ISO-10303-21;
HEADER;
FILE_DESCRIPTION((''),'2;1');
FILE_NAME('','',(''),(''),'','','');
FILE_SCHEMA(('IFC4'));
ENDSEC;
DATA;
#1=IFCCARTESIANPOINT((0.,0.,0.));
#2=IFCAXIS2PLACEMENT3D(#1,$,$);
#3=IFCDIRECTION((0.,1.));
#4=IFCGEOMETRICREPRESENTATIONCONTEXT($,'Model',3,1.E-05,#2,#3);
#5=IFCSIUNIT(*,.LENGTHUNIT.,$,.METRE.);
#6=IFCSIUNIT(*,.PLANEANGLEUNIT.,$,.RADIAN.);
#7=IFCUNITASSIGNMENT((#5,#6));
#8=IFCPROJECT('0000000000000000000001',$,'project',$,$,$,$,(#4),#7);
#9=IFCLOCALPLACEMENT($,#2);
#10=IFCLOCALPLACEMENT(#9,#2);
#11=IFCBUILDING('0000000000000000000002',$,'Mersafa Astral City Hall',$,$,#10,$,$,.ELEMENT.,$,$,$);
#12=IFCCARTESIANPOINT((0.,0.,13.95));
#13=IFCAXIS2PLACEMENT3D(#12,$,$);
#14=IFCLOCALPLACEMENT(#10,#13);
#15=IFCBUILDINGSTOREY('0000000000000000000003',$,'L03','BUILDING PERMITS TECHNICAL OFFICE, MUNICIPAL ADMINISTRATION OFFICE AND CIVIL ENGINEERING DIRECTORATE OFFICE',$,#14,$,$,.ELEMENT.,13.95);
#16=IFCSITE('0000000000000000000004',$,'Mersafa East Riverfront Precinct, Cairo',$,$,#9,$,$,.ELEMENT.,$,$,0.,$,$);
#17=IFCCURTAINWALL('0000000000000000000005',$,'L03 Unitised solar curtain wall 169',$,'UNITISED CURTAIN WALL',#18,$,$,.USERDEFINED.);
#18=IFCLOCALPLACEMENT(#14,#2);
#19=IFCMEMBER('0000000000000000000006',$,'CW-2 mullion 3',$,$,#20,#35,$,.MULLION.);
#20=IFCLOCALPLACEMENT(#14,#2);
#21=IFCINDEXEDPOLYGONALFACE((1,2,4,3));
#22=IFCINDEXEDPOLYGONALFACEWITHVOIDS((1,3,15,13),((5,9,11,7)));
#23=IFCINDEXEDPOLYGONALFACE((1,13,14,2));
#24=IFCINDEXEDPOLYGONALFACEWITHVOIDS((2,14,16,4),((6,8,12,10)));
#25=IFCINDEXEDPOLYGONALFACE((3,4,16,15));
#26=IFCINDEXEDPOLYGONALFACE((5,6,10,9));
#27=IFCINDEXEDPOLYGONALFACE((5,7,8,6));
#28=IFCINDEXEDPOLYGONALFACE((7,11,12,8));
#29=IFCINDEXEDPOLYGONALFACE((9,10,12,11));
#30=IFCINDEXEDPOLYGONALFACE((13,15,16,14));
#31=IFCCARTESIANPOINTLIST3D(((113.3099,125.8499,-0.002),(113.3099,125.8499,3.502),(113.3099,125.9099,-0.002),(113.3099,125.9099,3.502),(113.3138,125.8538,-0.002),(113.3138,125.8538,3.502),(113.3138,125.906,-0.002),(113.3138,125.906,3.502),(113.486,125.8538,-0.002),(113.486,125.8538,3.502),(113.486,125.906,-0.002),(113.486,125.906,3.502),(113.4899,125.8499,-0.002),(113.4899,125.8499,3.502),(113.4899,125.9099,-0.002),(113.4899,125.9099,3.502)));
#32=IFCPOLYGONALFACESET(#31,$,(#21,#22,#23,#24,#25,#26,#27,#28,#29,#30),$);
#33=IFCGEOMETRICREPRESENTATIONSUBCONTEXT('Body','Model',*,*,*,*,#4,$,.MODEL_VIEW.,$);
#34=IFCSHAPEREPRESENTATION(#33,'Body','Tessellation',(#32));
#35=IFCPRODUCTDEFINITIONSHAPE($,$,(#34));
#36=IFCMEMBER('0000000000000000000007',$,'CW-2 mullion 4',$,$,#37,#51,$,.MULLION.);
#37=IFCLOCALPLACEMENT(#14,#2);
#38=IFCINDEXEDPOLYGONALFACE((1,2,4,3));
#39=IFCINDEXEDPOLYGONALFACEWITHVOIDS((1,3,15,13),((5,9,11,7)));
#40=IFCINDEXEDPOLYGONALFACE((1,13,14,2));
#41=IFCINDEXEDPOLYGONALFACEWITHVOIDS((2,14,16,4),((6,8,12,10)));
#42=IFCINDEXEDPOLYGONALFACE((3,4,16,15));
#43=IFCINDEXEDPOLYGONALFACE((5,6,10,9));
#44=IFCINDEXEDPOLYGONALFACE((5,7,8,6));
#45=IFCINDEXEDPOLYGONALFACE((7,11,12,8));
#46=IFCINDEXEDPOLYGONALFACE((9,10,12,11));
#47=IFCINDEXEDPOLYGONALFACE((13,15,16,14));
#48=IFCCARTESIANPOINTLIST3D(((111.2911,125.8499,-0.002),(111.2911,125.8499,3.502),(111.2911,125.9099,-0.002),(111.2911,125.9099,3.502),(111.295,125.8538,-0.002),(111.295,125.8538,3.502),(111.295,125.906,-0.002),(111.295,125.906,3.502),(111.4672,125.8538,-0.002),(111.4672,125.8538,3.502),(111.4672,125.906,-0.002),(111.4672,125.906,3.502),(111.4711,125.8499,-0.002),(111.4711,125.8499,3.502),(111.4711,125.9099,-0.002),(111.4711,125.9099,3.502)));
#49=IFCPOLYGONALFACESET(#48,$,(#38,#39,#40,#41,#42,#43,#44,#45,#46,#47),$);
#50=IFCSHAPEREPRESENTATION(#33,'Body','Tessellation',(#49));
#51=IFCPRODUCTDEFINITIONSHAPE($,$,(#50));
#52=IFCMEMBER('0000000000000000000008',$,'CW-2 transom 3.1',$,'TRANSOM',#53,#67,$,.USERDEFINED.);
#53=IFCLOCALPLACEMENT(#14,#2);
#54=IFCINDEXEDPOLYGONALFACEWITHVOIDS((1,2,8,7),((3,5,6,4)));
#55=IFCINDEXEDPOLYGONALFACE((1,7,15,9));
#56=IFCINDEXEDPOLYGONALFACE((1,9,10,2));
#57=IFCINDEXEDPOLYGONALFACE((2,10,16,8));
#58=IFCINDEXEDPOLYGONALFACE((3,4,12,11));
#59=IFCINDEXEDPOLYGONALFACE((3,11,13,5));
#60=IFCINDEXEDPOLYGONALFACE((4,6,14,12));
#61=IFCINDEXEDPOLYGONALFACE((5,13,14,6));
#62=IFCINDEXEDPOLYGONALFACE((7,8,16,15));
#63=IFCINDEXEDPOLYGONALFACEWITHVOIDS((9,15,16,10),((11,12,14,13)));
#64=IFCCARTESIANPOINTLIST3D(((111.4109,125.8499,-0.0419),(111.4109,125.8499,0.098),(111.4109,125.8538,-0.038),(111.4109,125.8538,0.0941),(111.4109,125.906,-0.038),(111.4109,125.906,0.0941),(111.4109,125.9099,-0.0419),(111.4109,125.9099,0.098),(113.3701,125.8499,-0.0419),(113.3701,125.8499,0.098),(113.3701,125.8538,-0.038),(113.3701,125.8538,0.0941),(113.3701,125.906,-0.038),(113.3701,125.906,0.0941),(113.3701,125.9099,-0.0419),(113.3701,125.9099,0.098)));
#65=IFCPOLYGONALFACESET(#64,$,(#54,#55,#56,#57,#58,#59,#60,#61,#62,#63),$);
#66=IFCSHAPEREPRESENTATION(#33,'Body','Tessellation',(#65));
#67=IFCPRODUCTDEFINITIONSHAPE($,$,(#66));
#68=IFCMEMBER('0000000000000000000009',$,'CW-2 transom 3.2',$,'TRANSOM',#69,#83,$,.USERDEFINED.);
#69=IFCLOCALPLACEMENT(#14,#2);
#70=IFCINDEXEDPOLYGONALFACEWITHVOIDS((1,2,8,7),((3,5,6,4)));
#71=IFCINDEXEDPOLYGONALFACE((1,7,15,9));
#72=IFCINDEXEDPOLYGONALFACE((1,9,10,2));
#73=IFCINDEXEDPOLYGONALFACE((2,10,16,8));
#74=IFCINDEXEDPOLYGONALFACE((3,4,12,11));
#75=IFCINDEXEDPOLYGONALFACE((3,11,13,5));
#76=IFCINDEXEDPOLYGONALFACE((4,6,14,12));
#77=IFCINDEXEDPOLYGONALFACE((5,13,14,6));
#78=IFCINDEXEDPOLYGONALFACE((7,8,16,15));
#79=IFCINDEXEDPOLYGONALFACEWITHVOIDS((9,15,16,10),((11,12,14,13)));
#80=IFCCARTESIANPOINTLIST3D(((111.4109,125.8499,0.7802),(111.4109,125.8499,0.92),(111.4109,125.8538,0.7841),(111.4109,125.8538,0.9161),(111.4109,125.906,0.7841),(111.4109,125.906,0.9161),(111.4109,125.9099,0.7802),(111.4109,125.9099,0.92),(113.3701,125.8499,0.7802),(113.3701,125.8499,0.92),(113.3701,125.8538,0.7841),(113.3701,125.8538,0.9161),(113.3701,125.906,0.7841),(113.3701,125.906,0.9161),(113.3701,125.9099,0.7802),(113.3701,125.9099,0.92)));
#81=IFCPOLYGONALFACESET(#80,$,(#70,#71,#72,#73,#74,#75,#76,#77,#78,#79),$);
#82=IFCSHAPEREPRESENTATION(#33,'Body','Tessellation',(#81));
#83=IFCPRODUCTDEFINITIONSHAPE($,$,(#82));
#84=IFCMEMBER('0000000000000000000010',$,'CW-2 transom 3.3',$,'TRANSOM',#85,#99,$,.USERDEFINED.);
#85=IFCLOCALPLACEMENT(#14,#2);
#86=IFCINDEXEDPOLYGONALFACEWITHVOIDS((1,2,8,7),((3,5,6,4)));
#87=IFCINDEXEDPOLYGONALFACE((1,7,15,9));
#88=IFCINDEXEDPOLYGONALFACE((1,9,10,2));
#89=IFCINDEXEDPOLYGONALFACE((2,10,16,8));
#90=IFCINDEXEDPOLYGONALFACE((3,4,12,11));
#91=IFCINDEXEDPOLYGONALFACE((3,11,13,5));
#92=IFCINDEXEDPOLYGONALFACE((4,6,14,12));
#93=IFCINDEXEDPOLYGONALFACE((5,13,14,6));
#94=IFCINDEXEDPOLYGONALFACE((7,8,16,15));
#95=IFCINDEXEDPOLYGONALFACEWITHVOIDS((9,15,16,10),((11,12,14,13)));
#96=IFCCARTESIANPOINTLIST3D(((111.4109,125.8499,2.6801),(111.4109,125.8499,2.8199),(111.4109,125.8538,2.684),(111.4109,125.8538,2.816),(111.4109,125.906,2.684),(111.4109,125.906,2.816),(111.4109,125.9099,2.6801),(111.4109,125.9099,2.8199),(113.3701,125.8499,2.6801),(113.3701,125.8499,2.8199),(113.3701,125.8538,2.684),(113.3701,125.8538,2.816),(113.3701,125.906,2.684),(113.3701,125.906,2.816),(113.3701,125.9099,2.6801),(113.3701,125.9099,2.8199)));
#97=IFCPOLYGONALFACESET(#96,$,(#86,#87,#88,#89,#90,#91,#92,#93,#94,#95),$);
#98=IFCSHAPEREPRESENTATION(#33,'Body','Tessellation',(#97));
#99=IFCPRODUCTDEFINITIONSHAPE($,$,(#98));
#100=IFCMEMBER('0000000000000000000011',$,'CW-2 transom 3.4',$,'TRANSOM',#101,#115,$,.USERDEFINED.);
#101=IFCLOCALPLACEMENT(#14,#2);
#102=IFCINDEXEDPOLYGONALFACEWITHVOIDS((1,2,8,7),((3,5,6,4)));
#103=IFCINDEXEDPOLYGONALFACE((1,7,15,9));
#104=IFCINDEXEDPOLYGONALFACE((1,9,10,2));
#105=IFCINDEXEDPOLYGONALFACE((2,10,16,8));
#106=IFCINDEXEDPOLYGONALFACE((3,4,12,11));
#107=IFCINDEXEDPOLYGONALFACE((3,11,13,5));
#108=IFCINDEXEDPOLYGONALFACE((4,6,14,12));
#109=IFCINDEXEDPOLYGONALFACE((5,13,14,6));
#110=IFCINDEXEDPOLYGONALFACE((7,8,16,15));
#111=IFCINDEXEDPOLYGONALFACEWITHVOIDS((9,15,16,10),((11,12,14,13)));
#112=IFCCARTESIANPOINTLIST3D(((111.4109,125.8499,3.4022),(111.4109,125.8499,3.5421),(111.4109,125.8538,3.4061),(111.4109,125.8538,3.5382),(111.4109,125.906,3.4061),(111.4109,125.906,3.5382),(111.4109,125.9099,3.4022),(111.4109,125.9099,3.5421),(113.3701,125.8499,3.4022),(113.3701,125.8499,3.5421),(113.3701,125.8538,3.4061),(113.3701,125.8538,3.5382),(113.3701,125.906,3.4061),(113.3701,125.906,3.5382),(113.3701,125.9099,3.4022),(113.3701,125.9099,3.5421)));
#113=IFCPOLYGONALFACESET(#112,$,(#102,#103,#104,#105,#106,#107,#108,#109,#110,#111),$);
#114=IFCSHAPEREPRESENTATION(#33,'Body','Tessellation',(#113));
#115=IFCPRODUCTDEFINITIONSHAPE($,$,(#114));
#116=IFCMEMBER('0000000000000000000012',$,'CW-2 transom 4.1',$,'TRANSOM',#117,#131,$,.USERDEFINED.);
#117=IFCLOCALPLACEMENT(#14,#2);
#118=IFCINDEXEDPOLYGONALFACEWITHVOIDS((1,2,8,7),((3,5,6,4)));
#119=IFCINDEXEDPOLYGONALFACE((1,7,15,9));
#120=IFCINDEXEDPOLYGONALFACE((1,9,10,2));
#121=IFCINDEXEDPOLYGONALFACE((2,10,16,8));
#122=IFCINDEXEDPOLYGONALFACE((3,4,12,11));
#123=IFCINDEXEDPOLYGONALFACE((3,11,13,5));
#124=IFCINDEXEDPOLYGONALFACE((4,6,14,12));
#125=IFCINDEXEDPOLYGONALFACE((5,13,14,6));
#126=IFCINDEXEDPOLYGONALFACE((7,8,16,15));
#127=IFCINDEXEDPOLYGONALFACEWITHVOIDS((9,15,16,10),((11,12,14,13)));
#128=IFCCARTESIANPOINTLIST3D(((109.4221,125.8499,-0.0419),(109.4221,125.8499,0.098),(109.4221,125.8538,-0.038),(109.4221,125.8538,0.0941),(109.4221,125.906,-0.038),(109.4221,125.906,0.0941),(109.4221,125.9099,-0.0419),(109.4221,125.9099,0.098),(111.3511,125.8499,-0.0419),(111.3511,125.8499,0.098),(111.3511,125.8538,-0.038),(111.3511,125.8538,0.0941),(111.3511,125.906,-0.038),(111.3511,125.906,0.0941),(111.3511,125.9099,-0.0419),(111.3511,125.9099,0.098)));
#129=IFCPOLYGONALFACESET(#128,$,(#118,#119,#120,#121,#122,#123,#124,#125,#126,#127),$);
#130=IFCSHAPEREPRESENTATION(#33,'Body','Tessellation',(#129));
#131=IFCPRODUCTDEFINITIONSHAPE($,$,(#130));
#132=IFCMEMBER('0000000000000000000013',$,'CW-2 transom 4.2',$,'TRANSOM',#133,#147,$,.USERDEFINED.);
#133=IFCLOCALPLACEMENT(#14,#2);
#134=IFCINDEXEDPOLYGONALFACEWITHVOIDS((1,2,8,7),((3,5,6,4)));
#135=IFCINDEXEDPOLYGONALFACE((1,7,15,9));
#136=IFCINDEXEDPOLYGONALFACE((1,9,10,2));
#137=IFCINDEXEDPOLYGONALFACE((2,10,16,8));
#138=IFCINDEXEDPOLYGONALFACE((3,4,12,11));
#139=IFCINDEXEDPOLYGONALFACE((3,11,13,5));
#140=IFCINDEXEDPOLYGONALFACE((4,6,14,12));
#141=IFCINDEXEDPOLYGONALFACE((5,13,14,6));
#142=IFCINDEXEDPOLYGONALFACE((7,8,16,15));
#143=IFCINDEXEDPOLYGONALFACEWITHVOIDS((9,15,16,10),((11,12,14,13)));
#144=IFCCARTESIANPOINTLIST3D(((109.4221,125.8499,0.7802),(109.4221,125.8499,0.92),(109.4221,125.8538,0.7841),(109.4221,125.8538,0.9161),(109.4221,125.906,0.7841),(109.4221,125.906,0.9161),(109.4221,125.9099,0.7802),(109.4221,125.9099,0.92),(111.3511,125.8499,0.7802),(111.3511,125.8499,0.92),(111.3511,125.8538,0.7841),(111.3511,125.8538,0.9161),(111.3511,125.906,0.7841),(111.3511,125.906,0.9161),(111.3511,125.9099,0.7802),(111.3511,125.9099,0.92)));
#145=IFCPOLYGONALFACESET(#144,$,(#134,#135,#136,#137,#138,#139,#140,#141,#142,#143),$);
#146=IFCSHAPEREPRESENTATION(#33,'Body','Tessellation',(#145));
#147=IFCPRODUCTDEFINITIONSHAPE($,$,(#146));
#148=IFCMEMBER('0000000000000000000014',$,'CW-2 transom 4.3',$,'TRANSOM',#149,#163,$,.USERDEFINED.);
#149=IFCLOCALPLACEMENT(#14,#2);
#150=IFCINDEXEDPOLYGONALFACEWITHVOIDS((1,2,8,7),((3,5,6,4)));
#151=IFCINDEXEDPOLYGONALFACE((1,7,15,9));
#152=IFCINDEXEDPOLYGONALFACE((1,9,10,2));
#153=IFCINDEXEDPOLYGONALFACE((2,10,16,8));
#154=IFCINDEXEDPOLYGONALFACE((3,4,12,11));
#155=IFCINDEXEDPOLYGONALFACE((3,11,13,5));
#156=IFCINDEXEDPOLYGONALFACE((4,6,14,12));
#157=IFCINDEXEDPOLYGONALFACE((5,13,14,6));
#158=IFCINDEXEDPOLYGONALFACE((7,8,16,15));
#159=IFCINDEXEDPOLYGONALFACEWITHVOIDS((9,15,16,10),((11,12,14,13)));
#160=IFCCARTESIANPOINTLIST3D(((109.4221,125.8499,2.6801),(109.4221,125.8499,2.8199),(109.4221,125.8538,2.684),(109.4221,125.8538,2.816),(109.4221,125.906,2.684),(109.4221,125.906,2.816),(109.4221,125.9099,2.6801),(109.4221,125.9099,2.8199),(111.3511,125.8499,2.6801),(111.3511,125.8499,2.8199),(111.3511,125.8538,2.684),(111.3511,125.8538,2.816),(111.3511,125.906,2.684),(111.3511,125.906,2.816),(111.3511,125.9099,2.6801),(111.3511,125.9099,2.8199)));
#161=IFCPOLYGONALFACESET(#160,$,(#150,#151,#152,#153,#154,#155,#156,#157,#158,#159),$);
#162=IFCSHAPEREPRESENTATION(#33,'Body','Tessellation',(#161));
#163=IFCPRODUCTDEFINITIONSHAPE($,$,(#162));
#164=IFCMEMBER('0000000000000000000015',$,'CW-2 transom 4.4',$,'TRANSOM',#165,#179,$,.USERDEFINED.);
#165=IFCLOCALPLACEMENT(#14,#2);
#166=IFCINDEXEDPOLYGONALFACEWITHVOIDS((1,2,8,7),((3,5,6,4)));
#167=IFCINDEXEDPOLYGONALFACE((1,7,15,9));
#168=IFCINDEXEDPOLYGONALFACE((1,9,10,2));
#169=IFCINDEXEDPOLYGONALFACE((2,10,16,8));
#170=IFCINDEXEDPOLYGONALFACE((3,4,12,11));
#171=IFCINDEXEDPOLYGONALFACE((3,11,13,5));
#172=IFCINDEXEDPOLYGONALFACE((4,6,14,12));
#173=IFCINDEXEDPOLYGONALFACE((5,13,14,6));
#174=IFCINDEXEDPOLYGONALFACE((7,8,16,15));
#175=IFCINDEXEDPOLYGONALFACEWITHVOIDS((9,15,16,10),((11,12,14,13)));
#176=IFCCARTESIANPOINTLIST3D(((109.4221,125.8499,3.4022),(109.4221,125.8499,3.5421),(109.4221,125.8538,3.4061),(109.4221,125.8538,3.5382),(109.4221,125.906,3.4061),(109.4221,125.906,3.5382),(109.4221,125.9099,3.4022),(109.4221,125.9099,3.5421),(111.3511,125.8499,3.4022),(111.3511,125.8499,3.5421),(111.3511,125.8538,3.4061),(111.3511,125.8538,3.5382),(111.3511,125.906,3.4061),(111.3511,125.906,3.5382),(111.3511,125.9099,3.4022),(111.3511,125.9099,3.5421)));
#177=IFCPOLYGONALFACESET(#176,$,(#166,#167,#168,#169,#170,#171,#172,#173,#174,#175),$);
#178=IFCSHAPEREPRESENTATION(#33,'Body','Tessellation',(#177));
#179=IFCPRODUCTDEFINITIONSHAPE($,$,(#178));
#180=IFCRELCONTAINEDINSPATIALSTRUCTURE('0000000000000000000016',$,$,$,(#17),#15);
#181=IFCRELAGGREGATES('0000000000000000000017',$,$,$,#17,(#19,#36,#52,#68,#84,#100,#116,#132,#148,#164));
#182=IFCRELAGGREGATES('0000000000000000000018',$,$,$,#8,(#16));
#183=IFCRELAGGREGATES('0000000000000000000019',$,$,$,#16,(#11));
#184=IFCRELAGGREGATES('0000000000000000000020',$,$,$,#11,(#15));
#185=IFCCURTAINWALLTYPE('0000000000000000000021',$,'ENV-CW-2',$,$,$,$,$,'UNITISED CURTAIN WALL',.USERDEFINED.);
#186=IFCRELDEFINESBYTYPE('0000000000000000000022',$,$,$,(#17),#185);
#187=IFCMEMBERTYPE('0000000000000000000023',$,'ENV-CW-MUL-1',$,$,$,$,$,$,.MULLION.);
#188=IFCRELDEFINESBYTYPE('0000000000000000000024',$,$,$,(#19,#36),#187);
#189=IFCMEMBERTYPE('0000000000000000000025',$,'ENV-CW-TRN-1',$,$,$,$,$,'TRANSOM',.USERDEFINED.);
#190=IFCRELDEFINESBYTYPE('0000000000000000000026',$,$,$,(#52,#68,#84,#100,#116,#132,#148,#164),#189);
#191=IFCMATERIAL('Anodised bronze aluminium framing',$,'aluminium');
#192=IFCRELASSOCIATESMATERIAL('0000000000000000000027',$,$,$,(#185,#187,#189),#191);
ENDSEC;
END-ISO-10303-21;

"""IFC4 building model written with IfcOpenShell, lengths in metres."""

from ifc_helpers import new_model, si_unit, direction, frame, origin, origin_2d, place, context, subcontext, project, spatial, hollow_rectangle, extrude, material, material_profile, profile_set, type_object, element, aggregate, save


model = new_model("IFC4")

# Units and contexts
model_context = context("Model", 3, precision=1e-05, world=origin(), true_north=direction((0.0, 1.0)))
body_context = subcontext(model_context, "Body", "Model", "MODEL_VIEW")
ifc_project = project(units=[si_unit("LENGTHUNIT", "METRE"), si_unit("PLANEANGLEUNIT", "RADIAN")], contexts=[model_context])

# Site, building, storey
site_placement = place(None, origin())
site = spatial("IfcSite", under=ifc_project, at=site_placement, Name="Mersafa East Riverfront Precinct, Cairo", CompositionType="ELEMENT", RefElevation=0.0)
building_placement = place(site_placement, origin())
building = spatial("IfcBuilding", under=site, at=building_placement, Name="Mersafa Astral City Hall", CompositionType="ELEMENT")
storey_placement = place(building_placement, frame((0.0, 0.0, 13.95)))
storey = spatial("IfcBuildingStorey", under=building, at=storey_placement, Name="L03", Description="BUILDING PERMITS TECHNICAL OFFICE, MUNICIPAL ADMINISTRATION OFFICE AND CIVIL ENGINEERING DIRECTORATE OFFICE", CompositionType="ELEMENT", Elevation=13.95)

# Curtain wall, members
ifc_material_1 = material(Name="Anodised bronze aluminium framing", Category="aluminium")
curtain_wall_type = type_object("IfcCurtainWallType", Name="ENV-CW-2", ElementType="UNITISED CURTAIN WALL", PredefinedType="USERDEFINED", material=ifc_material_1)
curtain_wall_placement = place(storey_placement, origin())
curtain_wall = element("IfcCurtainWall", 1, at=curtain_wall_placement, inside=storey, type_object=curtain_wall_type, Name="L03 Unitised solar curtain wall 169", ObjectType="UNITISED CURTAIN WALL", PredefinedType="USERDEFINED")
ifc_material_profile_1 = material_profile(ifc_material_1, hollow_rectangle(XDim=0.0601, YDim=0.1799, WallThickness=0.0039, at=origin_2d()), Name="RHS 60x180x4")
ifc_profile_set_1 = profile_set([ifc_material_profile_1], Name="Anodised bronze aluminium framing")
member_type_1 = type_object("IfcMemberType", Name="ENV-CW-MUL-1", PredefinedType="MULLION", material=ifc_profile_set_1)
member_1_placement = place(storey_placement, frame((113.3999, 125.8799, -0.002), z_axis=(0.0, 0.0, 1.0), x_axis=(0.0, -1.0, 0.0)))
member_1 = element("IfcMember", 2, at=member_1_placement, type_object=member_type_1, Name="CW-2 mullion 3", PredefinedType="MULLION", context=body_context, shape_type="SweptSolid", body=[
    extrude(hollow_rectangle(XDim=0.0601, YDim=0.1799, WallThickness=0.0039, at=origin_2d()), origin(), (0.0, 0.0, 1.0), 3.5039),
])
member_2_placement = place(storey_placement, frame((111.3811, 125.8799, -0.002), z_axis=(0.0, 0.0, 1.0), x_axis=(0.0, -1.0, 0.0)))
member_2 = element("IfcMember", 3, at=member_2_placement, type_object=member_type_1, Name="CW-2 mullion 4", PredefinedType="MULLION", context=body_context, shape_type="SweptSolid", body=[
    extrude(hollow_rectangle(XDim=0.0601, YDim=0.1799, WallThickness=0.0039, at=origin_2d()), origin(), (0.0, 0.0, 1.0), 3.5039),
])
ifc_material_profile_2 = material_profile(ifc_material_1, hollow_rectangle(XDim=0.0601, YDim=0.1399, WallThickness=0.0039, at=origin_2d()), Name="RHS 60x140x4")
ifc_profile_set_2 = profile_set([ifc_material_profile_2], Name="Anodised bronze aluminium framing")
member_type_2 = type_object("IfcMemberType", Name="ENV-CW-TRN-1", ElementType="TRANSOM", PredefinedType="USERDEFINED", material=ifc_profile_set_2)
member_3_placement = place(storey_placement, frame((113.3701, 125.8799, 0.0281), z_axis=(-1.0, 0.0, 0.0), x_axis=(0.0, -1.0, 0.0)))
member_3 = element("IfcMember", 4, at=member_3_placement, type_object=member_type_2, Name="CW-2 transom 3.1", ObjectType="TRANSOM", PredefinedType="USERDEFINED", context=body_context, shape_type="SweptSolid", body=[
    extrude(hollow_rectangle(XDim=0.0601, YDim=0.1399, WallThickness=0.0039, at=origin_2d()), origin(), (0.0, 0.0, 1.0), 1.9592),
])
member_4_placement = place(storey_placement, frame((113.3701, 125.8799, 0.8501), z_axis=(-1.0, 0.0, 0.0), x_axis=(0.0, -1.0, 0.0)))
member_4 = element("IfcMember", 5, at=member_4_placement, type_object=member_type_2, Name="CW-2 transom 3.2", ObjectType="TRANSOM", PredefinedType="USERDEFINED", context=body_context, shape_type="SweptSolid", body=[
    extrude(hollow_rectangle(XDim=0.0601, YDim=0.1399, WallThickness=0.0039, at=origin_2d()), origin(), (0.0, 0.0, 1.0), 1.9592),
])
member_5_placement = place(storey_placement, frame((113.3701, 125.8799, 2.75), z_axis=(-1.0, 0.0, 0.0), x_axis=(0.0, -1.0, 0.0)))
member_5 = element("IfcMember", 6, at=member_5_placement, type_object=member_type_2, Name="CW-2 transom 3.3", ObjectType="TRANSOM", PredefinedType="USERDEFINED", context=body_context, shape_type="SweptSolid", body=[
    extrude(hollow_rectangle(XDim=0.0601, YDim=0.1399, WallThickness=0.0039, at=origin_2d()), origin(), (0.0, 0.0, 1.0), 1.9592),
])
member_6_placement = place(storey_placement, frame((113.3701, 125.8799, 3.4722), z_axis=(-1.0, 0.0, 0.0), x_axis=(0.0, -1.0, 0.0)))
member_6 = element("IfcMember", 7, at=member_6_placement, type_object=member_type_2, Name="CW-2 transom 3.4", ObjectType="TRANSOM", PredefinedType="USERDEFINED", context=body_context, shape_type="SweptSolid", body=[
    extrude(hollow_rectangle(XDim=0.0601, YDim=0.1399, WallThickness=0.0039, at=origin_2d()), origin(), (0.0, 0.0, 1.0), 1.9592),
])
member_7_placement = place(storey_placement, frame((111.3511, 125.8799, 0.0281), z_axis=(-1.0, 0.0, 0.0), x_axis=(0.0, -1.0, 0.0)))
member_7 = element("IfcMember", 8, at=member_7_placement, type_object=member_type_2, Name="CW-2 transom 4.1", ObjectType="TRANSOM", PredefinedType="USERDEFINED", context=body_context, shape_type="SweptSolid", body=[
    extrude(hollow_rectangle(XDim=0.0601, YDim=0.1399, WallThickness=0.0039, at=origin_2d()), origin(), (0.0, 0.0, 1.0), 1.929),
])
member_8_placement = place(storey_placement, frame((111.3511, 125.8799, 0.8501), z_axis=(-1.0, 0.0, 0.0), x_axis=(0.0, -1.0, 0.0)))
member_8 = element("IfcMember", 9, at=member_8_placement, type_object=member_type_2, Name="CW-2 transom 4.2", ObjectType="TRANSOM", PredefinedType="USERDEFINED", context=body_context, shape_type="SweptSolid", body=[
    extrude(hollow_rectangle(XDim=0.0601, YDim=0.1399, WallThickness=0.0039, at=origin_2d()), origin(), (0.0, 0.0, 1.0), 1.929),
])
member_9_placement = place(storey_placement, frame((111.3511, 125.8799, 2.75), z_axis=(-1.0, 0.0, 0.0), x_axis=(0.0, -1.0, 0.0)))
member_9 = element("IfcMember", 10, at=member_9_placement, type_object=member_type_2, Name="CW-2 transom 4.3", ObjectType="TRANSOM", PredefinedType="USERDEFINED", context=body_context, shape_type="SweptSolid", body=[
    extrude(hollow_rectangle(XDim=0.0601, YDim=0.1399, WallThickness=0.0039, at=origin_2d()), origin(), (0.0, 0.0, 1.0), 1.929),
])
member_10_placement = place(storey_placement, frame((111.3511, 125.8799, 3.4722), z_axis=(-1.0, 0.0, 0.0), x_axis=(0.0, -1.0, 0.0)))
member_10 = element("IfcMember", 11, at=member_10_placement, type_object=member_type_2, Name="CW-2 transom 4.4", ObjectType="TRANSOM", PredefinedType="USERDEFINED", context=body_context, shape_type="SweptSolid", body=[
    extrude(hollow_rectangle(XDim=0.0601, YDim=0.1399, WallThickness=0.0039, at=origin_2d()), origin(), (0.0, 0.0, 1.0), 1.929),
])

aggregate(curtain_wall, [member_1, member_2, member_3, member_4, member_5, member_6, member_7, member_8, member_9, member_10])

save(model, "model.ifc")
